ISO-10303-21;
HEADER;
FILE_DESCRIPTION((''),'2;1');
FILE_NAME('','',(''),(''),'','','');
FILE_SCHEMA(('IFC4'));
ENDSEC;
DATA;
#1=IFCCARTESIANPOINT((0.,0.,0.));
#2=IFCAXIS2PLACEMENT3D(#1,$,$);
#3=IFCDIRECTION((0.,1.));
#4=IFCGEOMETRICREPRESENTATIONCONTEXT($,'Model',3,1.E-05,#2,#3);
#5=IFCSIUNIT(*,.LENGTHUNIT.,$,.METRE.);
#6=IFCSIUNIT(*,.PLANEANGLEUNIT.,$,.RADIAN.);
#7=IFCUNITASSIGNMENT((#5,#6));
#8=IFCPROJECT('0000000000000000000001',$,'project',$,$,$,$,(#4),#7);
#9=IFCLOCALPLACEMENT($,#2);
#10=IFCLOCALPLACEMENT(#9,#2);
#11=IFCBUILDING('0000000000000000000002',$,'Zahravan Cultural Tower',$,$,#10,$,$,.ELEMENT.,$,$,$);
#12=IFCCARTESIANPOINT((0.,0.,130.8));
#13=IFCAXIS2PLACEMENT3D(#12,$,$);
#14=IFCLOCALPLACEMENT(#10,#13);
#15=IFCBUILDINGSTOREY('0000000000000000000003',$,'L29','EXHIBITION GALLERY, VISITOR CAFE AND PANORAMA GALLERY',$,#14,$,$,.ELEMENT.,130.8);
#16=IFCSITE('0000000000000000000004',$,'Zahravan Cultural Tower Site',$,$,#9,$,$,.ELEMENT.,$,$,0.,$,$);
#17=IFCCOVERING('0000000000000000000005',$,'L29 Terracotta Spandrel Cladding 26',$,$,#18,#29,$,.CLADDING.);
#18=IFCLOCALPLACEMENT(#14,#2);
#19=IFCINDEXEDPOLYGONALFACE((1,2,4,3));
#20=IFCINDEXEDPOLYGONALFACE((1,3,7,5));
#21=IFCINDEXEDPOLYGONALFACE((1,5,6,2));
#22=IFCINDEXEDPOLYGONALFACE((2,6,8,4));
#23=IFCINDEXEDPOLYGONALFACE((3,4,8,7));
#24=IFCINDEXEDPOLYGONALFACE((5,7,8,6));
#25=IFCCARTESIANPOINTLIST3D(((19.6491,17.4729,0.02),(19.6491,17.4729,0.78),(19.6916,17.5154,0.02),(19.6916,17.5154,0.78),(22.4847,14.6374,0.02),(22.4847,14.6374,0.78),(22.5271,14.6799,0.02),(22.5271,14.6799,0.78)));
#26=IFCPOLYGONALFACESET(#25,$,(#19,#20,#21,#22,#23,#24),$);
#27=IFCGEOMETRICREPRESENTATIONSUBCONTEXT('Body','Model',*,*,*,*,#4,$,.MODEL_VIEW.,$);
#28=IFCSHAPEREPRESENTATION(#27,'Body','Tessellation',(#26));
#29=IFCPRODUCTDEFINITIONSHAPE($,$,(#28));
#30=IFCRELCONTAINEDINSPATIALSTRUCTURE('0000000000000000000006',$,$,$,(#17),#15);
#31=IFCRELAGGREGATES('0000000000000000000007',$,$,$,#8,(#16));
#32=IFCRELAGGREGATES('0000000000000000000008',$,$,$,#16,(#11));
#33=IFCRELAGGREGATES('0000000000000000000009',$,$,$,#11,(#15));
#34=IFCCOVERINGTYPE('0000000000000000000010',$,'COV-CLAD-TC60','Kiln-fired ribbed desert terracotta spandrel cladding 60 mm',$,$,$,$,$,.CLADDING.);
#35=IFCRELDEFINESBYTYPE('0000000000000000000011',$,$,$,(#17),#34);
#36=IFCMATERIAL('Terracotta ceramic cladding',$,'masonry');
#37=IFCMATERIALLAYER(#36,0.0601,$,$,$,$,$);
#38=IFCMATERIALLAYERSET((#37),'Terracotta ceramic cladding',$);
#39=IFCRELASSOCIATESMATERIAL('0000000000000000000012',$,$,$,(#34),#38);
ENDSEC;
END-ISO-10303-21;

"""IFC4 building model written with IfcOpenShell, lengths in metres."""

from ifc_helpers import new_model, si_unit, direction, frame, origin, origin_2d, place, context, subcontext, project, spatial, rectangle, extrude, source, transform, mapped, material, layer, layer_set, type_object, element, save


model = new_model("IFC4")

# Units and contexts
model_context = context("Model", 3, precision=1e-05, world=origin(), true_north=direction((0.0, 1.0)))
body_context = subcontext(model_context, "Body", "Model", "MODEL_VIEW")
ifc_project = project(units=[si_unit("LENGTHUNIT", "METRE"), si_unit("PLANEANGLEUNIT", "RADIAN")], contexts=[model_context])

# Site, building, storey
site_placement = place(None, origin())
site = spatial("IfcSite", under=ifc_project, at=site_placement, Name="Zahravan Cultural Tower Site", CompositionType="ELEMENT", RefElevation=0.0)
building_placement = place(site_placement, origin())
building = spatial("IfcBuilding", under=site, at=building_placement, Name="Zahravan Cultural Tower", CompositionType="ELEMENT")
storey_placement = place(building_placement, frame((0.0, 0.0, 130.8)))
storey = spatial("IfcBuildingStorey", under=building, at=storey_placement, Name="L29", Description="EXHIBITION GALLERY, VISITOR CAFE AND PANORAMA GALLERY", CompositionType="ELEMENT", Elevation=130.8)

# Covering
ifc_material_1 = material(Name="Terracotta ceramic cladding", Category="masonry")
ifc_layer_1 = layer(ifc_material_1, 0.0601)
ifc_layer_set_1 = layer_set([ifc_layer_1], Name="Terracotta ceramic cladding")
covering_type_1 = type_object("IfcCoveringType", Name="COV-CLAD-TC60", Description="Kiln-fired ribbed desert terracotta spandrel cladding 60 mm", PredefinedType="CLADDING", material=ifc_layer_set_1)
shared_shape_1 = source(origin(), body_context, "Body", "SweptSolid", [
    extrude(rectangle(XDim=4.01, YDim=0.0601, at=origin_2d()), origin(), (0.0, 0.0, 1.0), 0.76),
])
covering_1_placement = place(storey_placement, frame((21.0881, 16.0764, 0.02), z_axis=(0.0, 0.0, 1.0), x_axis=(-0.707107, 0.707107, 0.0)))
element("IfcCovering", 1, at=covering_1_placement, inside=storey, type_object=covering_type_1, Name="L29 Terracotta Spandrel Cladding 26", PredefinedType="CLADDING", context=body_context, shape_type="MappedRepresentation", body=[
    mapped(shared_shape_1, transform((0.0, 0.0, 0.0), x_axis=(1.0, 0.0, 0.0), y_axis=(0.0, 1.0, 0.0), z_axis=(0.0, 0.0, 1.0), scale=1.0)),
])

save(model, "model.ifc")
